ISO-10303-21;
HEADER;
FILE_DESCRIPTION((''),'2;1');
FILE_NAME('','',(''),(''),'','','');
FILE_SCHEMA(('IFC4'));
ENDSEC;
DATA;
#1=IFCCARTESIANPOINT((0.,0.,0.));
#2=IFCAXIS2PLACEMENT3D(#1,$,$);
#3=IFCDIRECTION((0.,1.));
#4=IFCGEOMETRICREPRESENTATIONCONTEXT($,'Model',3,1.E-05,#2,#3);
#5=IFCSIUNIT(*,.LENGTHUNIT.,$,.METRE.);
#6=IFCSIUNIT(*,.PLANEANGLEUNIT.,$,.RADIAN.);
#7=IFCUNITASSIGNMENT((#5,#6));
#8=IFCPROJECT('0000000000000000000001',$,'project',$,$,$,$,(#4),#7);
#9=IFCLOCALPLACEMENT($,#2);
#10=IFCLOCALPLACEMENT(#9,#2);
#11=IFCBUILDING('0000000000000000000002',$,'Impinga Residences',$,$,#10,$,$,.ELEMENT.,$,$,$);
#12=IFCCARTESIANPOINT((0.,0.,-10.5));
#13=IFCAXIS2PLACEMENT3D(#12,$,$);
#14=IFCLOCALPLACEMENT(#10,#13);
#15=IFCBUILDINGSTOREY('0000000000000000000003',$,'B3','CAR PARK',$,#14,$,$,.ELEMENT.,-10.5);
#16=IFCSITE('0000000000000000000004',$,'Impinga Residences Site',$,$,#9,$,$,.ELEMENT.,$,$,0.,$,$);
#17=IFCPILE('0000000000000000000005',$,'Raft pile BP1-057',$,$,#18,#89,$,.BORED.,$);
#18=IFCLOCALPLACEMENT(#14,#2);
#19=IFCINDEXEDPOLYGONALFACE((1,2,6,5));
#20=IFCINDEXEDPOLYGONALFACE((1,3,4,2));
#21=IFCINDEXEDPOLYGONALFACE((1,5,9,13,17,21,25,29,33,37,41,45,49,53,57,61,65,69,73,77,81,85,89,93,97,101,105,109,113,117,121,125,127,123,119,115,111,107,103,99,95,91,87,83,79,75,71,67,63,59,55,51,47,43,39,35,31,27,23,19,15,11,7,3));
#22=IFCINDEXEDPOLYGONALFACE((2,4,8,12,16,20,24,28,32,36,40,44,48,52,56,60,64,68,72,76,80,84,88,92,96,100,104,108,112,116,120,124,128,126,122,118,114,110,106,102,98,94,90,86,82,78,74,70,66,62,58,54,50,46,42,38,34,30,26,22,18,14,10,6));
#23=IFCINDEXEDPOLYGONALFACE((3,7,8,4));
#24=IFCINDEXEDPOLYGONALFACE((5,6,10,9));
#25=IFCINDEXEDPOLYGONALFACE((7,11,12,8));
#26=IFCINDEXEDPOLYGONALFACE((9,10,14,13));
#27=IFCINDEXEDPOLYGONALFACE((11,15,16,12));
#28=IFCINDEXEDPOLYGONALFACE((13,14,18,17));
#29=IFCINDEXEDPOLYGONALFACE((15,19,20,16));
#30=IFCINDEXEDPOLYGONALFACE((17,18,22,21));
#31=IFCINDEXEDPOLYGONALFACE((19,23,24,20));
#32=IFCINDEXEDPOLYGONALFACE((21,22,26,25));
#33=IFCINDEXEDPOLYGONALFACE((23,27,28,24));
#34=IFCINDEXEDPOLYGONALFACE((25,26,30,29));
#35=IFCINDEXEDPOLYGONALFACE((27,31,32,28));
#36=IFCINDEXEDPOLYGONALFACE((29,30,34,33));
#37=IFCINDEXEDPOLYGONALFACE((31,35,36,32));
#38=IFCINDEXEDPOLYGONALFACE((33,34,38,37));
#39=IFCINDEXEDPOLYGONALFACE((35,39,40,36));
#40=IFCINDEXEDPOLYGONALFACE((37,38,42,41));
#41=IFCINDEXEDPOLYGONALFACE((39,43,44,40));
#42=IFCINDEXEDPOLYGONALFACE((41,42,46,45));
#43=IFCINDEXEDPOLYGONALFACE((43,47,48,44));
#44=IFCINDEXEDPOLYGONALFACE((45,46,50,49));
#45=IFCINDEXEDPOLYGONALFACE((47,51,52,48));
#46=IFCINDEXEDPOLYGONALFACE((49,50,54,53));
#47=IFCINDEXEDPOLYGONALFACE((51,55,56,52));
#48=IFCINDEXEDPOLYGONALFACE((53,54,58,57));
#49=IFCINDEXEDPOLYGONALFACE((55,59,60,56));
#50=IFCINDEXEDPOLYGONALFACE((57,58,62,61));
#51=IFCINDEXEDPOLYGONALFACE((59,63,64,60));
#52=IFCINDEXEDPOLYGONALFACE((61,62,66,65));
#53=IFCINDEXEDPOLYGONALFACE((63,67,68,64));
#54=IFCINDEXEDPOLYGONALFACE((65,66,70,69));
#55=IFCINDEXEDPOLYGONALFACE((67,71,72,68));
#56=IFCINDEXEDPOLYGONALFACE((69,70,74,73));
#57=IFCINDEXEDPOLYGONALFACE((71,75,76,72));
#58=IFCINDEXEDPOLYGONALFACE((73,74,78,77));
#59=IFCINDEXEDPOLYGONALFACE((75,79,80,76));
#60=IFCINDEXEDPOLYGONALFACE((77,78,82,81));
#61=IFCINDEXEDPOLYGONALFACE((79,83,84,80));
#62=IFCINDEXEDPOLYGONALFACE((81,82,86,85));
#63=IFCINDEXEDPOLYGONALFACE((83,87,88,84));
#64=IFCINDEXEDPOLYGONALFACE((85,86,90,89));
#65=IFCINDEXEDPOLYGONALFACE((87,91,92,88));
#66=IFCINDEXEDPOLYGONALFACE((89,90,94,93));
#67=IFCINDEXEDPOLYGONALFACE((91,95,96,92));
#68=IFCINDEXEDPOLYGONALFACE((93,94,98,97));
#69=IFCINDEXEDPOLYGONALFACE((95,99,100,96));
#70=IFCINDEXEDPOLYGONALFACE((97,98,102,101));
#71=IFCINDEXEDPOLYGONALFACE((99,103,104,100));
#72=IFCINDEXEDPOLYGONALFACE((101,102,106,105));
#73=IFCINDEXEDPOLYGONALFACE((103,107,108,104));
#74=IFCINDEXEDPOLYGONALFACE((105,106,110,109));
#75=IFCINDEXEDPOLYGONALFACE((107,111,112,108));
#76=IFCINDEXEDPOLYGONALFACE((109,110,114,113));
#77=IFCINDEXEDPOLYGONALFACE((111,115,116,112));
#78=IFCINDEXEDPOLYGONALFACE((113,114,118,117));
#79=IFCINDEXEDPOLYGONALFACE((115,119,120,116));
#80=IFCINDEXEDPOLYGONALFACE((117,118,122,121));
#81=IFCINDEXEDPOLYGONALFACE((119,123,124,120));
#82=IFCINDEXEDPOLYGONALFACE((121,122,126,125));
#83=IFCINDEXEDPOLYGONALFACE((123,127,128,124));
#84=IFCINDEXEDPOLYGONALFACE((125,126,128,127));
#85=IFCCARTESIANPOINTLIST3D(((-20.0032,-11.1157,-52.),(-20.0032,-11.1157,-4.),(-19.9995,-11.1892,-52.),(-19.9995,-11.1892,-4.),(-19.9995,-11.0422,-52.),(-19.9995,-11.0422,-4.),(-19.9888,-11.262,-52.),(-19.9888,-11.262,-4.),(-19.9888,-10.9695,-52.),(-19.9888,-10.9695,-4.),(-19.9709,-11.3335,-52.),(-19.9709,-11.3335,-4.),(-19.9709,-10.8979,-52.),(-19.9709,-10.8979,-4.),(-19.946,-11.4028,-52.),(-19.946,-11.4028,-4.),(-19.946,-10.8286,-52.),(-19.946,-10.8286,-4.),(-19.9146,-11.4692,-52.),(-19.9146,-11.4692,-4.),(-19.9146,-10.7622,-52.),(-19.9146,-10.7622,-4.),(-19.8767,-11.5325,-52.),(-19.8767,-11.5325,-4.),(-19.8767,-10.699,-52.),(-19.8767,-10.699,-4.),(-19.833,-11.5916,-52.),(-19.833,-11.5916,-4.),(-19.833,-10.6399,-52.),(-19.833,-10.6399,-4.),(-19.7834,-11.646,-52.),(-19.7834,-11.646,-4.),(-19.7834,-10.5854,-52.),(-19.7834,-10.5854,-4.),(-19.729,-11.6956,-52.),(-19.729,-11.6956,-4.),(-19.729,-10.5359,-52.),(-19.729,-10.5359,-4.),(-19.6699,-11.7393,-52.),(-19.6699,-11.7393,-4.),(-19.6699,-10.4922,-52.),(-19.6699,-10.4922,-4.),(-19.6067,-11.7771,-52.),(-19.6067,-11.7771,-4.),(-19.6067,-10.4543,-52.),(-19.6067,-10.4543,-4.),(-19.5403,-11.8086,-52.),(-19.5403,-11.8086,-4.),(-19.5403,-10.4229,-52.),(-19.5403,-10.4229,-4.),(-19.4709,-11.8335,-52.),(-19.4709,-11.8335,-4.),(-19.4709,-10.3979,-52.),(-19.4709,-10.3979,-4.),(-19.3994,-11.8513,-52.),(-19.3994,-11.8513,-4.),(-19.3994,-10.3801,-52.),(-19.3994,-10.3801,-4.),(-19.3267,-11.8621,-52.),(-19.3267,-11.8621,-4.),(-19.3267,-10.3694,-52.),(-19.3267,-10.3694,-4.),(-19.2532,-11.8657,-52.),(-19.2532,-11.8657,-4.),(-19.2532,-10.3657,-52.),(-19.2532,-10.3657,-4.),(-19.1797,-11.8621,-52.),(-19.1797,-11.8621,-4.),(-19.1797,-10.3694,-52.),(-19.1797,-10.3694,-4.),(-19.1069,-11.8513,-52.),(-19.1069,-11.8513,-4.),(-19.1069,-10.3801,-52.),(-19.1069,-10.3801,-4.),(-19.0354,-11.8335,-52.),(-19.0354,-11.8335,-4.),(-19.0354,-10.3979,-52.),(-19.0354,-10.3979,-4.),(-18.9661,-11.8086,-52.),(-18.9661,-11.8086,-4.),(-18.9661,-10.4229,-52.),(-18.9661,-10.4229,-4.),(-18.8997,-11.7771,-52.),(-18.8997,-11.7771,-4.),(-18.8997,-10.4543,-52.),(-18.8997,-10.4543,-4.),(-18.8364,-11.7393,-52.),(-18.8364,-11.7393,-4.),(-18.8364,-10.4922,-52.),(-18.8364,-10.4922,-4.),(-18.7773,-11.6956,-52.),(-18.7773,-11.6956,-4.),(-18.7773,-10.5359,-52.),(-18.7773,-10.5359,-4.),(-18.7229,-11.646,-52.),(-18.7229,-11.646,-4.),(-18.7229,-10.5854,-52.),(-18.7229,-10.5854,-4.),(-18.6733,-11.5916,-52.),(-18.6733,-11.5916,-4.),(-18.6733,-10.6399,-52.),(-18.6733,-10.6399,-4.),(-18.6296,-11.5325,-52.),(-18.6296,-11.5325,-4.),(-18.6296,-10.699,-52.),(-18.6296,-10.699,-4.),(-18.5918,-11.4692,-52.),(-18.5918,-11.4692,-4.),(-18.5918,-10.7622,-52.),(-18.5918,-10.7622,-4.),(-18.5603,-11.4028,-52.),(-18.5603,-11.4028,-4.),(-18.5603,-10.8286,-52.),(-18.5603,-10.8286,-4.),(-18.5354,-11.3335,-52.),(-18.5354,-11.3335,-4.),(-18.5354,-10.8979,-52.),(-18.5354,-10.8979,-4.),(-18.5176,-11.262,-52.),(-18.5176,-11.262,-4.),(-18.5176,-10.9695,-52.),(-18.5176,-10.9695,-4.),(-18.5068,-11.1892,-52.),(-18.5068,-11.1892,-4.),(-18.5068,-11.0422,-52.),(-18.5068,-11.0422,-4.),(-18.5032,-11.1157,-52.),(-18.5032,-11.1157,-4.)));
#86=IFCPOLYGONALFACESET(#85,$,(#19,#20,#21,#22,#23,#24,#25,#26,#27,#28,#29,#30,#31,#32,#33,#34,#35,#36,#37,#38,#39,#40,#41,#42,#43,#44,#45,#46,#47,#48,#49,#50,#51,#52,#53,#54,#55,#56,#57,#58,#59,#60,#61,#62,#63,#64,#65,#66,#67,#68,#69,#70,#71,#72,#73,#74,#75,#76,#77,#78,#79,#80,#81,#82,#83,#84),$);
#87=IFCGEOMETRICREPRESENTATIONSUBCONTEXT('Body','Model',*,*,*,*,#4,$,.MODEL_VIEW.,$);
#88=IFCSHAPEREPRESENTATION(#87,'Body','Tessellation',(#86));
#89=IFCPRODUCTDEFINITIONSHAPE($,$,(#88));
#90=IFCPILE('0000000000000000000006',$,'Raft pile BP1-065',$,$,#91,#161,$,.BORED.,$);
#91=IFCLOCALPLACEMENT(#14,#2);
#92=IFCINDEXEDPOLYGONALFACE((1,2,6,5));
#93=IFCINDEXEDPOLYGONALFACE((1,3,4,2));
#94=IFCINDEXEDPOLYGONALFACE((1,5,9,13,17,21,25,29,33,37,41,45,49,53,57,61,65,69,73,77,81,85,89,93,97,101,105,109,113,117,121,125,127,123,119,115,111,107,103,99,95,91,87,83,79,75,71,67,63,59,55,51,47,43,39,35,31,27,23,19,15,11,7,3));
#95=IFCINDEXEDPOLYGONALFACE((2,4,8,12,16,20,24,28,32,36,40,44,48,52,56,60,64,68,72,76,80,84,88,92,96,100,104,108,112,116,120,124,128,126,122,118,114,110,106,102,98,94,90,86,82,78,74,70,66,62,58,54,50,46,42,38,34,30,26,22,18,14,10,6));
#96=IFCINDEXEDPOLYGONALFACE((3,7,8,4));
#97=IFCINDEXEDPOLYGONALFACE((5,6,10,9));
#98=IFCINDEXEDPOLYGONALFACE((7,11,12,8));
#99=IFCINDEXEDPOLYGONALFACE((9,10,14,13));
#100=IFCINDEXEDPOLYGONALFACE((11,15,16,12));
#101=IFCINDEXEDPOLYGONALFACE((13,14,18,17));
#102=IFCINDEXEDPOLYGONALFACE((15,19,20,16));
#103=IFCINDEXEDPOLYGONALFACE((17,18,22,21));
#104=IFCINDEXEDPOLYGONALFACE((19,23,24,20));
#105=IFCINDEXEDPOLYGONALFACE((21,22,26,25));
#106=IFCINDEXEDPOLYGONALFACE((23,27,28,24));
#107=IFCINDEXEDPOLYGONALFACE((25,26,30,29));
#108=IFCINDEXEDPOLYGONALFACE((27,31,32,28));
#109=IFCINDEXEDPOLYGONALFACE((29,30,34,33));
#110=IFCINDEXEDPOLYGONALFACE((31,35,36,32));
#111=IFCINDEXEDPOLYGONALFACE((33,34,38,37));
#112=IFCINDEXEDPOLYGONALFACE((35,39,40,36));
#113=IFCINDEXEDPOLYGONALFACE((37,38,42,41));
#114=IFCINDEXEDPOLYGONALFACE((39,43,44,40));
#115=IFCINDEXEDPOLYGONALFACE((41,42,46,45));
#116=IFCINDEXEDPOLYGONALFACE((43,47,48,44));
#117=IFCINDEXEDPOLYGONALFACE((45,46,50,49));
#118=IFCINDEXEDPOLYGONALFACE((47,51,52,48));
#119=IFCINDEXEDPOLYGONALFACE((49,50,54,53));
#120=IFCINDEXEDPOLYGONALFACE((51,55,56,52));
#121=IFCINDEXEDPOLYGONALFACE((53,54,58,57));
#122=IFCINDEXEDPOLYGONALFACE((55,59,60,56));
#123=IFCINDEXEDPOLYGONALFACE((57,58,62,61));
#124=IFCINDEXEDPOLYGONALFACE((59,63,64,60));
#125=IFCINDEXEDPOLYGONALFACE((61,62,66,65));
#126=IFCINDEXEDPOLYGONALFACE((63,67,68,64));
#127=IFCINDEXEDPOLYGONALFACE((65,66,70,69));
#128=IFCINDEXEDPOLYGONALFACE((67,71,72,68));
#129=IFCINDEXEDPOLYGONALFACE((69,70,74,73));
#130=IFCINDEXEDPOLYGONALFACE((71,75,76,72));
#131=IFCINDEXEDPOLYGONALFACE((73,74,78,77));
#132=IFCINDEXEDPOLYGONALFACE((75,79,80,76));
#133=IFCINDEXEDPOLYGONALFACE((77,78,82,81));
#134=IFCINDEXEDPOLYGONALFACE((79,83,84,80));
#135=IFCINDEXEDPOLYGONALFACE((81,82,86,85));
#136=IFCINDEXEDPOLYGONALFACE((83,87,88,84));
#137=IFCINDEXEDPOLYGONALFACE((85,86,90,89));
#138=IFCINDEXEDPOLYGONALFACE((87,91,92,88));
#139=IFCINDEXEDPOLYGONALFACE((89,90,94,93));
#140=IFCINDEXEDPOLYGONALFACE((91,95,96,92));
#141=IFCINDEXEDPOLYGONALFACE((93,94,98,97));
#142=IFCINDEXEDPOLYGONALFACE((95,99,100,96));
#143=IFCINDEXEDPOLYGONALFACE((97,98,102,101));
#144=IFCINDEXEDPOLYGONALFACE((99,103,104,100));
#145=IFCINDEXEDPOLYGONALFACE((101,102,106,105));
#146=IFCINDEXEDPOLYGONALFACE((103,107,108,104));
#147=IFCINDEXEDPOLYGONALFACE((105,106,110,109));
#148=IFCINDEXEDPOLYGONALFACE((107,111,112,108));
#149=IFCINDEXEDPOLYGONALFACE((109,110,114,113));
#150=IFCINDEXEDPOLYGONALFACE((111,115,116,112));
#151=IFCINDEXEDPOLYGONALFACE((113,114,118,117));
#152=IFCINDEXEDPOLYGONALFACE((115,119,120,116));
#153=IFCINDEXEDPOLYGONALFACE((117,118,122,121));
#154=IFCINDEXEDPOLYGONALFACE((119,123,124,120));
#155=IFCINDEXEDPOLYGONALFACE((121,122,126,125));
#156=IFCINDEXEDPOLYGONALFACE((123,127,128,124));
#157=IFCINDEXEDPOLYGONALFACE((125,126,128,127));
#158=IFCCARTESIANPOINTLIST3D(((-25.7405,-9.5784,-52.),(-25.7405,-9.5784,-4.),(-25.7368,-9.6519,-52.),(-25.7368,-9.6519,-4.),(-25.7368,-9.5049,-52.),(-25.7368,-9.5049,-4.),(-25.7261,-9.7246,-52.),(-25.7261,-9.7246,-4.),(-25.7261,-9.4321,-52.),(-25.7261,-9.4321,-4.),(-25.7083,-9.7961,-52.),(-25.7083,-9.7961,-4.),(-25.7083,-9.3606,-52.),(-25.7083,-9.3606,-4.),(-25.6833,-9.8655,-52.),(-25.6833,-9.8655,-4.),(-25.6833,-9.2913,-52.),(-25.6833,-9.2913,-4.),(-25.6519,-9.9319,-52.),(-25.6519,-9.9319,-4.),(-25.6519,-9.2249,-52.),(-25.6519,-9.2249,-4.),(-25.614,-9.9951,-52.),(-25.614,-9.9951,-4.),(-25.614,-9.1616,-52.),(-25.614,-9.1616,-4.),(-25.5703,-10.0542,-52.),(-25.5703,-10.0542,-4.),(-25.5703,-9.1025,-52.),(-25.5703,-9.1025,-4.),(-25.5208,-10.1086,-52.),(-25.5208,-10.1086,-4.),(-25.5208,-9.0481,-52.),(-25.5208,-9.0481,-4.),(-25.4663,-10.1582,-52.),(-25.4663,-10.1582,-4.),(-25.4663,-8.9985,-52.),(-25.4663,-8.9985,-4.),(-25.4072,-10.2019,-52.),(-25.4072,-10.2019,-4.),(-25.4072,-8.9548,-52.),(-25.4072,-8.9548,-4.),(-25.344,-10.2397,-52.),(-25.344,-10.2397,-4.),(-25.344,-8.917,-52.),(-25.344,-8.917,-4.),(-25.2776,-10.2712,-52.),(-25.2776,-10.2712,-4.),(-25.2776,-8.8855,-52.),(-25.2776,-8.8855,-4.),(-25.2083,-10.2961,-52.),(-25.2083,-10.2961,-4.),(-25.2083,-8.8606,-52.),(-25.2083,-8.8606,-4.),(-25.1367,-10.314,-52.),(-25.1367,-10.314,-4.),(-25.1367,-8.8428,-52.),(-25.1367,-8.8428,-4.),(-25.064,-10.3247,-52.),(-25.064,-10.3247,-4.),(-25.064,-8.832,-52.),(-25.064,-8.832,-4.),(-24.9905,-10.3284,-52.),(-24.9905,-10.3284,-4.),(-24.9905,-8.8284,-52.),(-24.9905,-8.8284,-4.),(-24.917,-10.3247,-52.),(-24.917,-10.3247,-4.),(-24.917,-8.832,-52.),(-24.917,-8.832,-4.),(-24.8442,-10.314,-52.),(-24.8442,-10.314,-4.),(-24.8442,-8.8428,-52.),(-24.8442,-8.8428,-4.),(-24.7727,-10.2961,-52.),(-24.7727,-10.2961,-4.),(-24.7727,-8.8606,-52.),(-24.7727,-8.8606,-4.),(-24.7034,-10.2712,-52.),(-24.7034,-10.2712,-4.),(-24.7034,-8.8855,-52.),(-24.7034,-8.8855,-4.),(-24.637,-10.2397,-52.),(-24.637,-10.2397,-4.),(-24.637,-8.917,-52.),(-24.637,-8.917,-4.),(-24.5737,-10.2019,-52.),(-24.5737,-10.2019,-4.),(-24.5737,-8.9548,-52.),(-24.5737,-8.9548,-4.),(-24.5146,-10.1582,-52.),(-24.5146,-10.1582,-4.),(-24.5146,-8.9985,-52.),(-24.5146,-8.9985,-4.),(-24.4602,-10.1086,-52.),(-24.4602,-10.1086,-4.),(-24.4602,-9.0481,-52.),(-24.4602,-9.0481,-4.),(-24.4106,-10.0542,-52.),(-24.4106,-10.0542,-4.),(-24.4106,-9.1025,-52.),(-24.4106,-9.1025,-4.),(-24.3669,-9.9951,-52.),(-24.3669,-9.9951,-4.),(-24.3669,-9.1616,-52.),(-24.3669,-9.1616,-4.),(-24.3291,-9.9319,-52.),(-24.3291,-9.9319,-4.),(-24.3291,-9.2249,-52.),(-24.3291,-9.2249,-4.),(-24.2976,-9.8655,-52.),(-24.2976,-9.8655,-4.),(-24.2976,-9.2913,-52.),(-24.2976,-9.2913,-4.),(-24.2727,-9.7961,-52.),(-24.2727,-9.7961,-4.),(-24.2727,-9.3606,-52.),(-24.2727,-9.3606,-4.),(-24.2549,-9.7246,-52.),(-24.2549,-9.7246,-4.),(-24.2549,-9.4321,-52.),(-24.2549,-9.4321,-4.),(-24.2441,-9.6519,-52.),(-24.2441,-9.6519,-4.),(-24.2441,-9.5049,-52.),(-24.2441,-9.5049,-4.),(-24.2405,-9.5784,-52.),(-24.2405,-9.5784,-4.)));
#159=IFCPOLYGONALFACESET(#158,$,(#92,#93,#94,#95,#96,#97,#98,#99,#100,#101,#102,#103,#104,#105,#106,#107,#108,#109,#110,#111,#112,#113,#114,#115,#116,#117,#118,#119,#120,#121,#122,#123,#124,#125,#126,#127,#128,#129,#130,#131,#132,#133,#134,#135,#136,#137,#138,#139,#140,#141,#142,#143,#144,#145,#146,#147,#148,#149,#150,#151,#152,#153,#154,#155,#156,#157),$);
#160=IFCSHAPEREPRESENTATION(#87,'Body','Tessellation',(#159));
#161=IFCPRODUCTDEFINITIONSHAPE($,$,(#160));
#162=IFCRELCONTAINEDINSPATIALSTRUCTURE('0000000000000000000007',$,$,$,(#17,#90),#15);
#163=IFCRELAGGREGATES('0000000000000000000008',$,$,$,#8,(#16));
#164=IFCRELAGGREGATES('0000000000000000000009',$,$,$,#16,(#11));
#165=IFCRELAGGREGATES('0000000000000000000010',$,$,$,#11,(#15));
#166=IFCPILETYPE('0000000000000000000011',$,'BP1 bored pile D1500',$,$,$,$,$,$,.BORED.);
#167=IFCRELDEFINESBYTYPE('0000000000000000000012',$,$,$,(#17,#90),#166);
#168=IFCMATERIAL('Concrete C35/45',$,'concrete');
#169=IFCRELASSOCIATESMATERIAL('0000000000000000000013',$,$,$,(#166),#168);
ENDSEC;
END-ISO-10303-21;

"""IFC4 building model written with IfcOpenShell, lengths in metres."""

from ifc_helpers import new_model, si_unit, direction, frame, origin, origin_2d, place, context, subcontext, project, spatial, polyline, circle, outline, extrude, material, material_profile, profile_set, type_object, element, save


model = new_model("IFC4")

# Units and contexts
model_context = context("Model", 3, precision=1e-05, world=origin(), true_north=direction((0.0, 1.0)))
body_context = subcontext(model_context, "Body", "Model", "MODEL_VIEW")
ifc_project = project(units=[si_unit("LENGTHUNIT", "METRE"), si_unit("PLANEANGLEUNIT", "RADIAN")], contexts=[model_context])

# Site, building, storey
site_placement = place(None, origin())
site = spatial("IfcSite", under=ifc_project, at=site_placement, Name="Impinga Residences Site", CompositionType="ELEMENT", RefElevation=0.0)
building_placement = place(site_placement, origin())
building = spatial("IfcBuilding", under=site, at=building_placement, Name="Impinga Residences", CompositionType="ELEMENT")
storey_placement = place(building_placement, frame((0.0, 0.0, -10.5)))
storey = spatial("IfcBuildingStorey", under=building, at=storey_placement, Name="B3", Description="CAR PARK", CompositionType="ELEMENT", Elevation=-10.5)

# Piles
ifc_material_1 = material(Name="Concrete C35/45", Category="concrete")
ifc_material_profile_1 = material_profile(ifc_material_1, circle(Radius=0.75, at=origin_2d()), Name="D1500")
ifc_profile_set_1 = profile_set([ifc_material_profile_1], Name="Concrete C35/45")
pile_type_1 = type_object("IfcPileType", Name="BP1 bored pile D1500", PredefinedType="BORED", material=ifc_profile_set_1)
pile_1_placement = place(storey_placement, frame((-19.2532, -11.1157, -4.0), z_axis=(0.0, 0.0, -1.0), x_axis=(1.0, 0.0, 0.0)))
element("IfcPile", 1, at=pile_1_placement, inside=storey, type_object=pile_type_1, Name="Raft pile BP1-057", PredefinedType="BORED", context=body_context, shape_type="SweptSolid", body=[
    extrude(outline(polyline([(0.75, 0.0), (0.7463, 0.0735), (0.7356, 0.1462), (0.7178, 0.2178), (0.6929, 0.2871), (0.6614, 0.3535), (0.6235, 0.4167), (0.5798, 0.4758), (0.5303, 0.5303), (0.4758, 0.5798), (0.4167, 0.6235), (0.3535, 0.6614), (0.2871, 0.6929), (0.2178, 0.7178), (0.1462, 0.7356), (0.0735, 0.7463), (0.0, 0.75), (-0.0735, 0.7463), (-0.1462, 0.7356), (-0.2178, 0.7178), (-0.2871, 0.6929), (-0.3535, 0.6614), (-0.4167, 0.6235), (-0.4758, 0.5798), (-0.5303, 0.5303), (-0.5798, 0.4758), (-0.6235, 0.4167), (-0.6614, 0.3535), (-0.6929, 0.2871), (-0.7178, 0.2178), (-0.7356, 0.1462), (-0.7463, 0.0735), (-0.75, 0.0), (-0.7463, -0.0735), (-0.7356, -0.1462), (-0.7178, -0.2178), (-0.6929, -0.2871), (-0.6614, -0.3535), (-0.6235, -0.4167), (-0.5798, -0.4758), (-0.5303, -0.5303), (-0.4758, -0.5798), (-0.4167, -0.6235), (-0.3535, -0.6614), (-0.2871, -0.6929), (-0.2178, -0.7178), (-0.1462, -0.7356), (-0.0735, -0.7463), (0.0, -0.75), (0.0735, -0.7463), (0.1462, -0.7356), (0.2178, -0.7178), (0.2871, -0.6929), (0.3535, -0.6614), (0.4167, -0.6235), (0.4758, -0.5798), (0.5303, -0.5303), (0.5798, -0.4758), (0.6235, -0.4167), (0.6614, -0.3535), (0.6929, -0.2871), (0.7178, -0.2178), (0.7356, -0.1462), (0.7463, -0.0735), (0.75, 0.0)])), origin(), (0.0, 0.0, 1.0), 48.0),
])
pile_2_placement = place(storey_placement, frame((-24.9905, -9.5784, -4.0), z_axis=(0.0, 0.0, -1.0), x_axis=(1.0, 0.0, 0.0)))
element("IfcPile", 2, at=pile_2_placement, inside=storey, type_object=pile_type_1, Name="Raft pile BP1-065", PredefinedType="BORED", context=body_context, shape_type="SweptSolid", body=[
    extrude(outline(polyline([(0.75, 0.0), (0.7463, 0.0735), (0.7356, 0.1462), (0.7178, 0.2178), (0.6929, 0.2871), (0.6614, 0.3535), (0.6235, 0.4167), (0.5798, 0.4758), (0.5303, 0.5303), (0.4758, 0.5798), (0.4167, 0.6235), (0.3535, 0.6614), (0.2871, 0.6929), (0.2178, 0.7178), (0.1462, 0.7356), (0.0735, 0.7463), (0.0, 0.75), (-0.0735, 0.7463), (-0.1462, 0.7356), (-0.2178, 0.7178), (-0.2871, 0.6929), (-0.3535, 0.6614), (-0.4167, 0.6235), (-0.4758, 0.5798), (-0.5303, 0.5303), (-0.5798, 0.4758), (-0.6235, 0.4167), (-0.6614, 0.3535), (-0.6929, 0.2871), (-0.7178, 0.2178), (-0.7356, 0.1462), (-0.7463, 0.0735), (-0.75, 0.0), (-0.7463, -0.0735), (-0.7356, -0.1462), (-0.7178, -0.2178), (-0.6929, -0.2871), (-0.6614, -0.3535), (-0.6235, -0.4167), (-0.5798, -0.4758), (-0.5303, -0.5303), (-0.4758, -0.5798), (-0.4167, -0.6235), (-0.3535, -0.6614), (-0.2871, -0.6929), (-0.2178, -0.7178), (-0.1462, -0.7356), (-0.0735, -0.7463), (0.0, -0.75), (0.0735, -0.7463), (0.1462, -0.7356), (0.2178, -0.7178), (0.2871, -0.6929), (0.3535, -0.6614), (0.4167, -0.6235), (0.4758, -0.5798), (0.5303, -0.5303), (0.5798, -0.4758), (0.6235, -0.4167), (0.6614, -0.3535), (0.6929, -0.2871), (0.7178, -0.2178), (0.7356, -0.1462), (0.7463, -0.0735), (0.75, 0.0)])), origin(), (0.0, 0.0, 1.0), 48.0),
])

save(model, "model.ifc")
